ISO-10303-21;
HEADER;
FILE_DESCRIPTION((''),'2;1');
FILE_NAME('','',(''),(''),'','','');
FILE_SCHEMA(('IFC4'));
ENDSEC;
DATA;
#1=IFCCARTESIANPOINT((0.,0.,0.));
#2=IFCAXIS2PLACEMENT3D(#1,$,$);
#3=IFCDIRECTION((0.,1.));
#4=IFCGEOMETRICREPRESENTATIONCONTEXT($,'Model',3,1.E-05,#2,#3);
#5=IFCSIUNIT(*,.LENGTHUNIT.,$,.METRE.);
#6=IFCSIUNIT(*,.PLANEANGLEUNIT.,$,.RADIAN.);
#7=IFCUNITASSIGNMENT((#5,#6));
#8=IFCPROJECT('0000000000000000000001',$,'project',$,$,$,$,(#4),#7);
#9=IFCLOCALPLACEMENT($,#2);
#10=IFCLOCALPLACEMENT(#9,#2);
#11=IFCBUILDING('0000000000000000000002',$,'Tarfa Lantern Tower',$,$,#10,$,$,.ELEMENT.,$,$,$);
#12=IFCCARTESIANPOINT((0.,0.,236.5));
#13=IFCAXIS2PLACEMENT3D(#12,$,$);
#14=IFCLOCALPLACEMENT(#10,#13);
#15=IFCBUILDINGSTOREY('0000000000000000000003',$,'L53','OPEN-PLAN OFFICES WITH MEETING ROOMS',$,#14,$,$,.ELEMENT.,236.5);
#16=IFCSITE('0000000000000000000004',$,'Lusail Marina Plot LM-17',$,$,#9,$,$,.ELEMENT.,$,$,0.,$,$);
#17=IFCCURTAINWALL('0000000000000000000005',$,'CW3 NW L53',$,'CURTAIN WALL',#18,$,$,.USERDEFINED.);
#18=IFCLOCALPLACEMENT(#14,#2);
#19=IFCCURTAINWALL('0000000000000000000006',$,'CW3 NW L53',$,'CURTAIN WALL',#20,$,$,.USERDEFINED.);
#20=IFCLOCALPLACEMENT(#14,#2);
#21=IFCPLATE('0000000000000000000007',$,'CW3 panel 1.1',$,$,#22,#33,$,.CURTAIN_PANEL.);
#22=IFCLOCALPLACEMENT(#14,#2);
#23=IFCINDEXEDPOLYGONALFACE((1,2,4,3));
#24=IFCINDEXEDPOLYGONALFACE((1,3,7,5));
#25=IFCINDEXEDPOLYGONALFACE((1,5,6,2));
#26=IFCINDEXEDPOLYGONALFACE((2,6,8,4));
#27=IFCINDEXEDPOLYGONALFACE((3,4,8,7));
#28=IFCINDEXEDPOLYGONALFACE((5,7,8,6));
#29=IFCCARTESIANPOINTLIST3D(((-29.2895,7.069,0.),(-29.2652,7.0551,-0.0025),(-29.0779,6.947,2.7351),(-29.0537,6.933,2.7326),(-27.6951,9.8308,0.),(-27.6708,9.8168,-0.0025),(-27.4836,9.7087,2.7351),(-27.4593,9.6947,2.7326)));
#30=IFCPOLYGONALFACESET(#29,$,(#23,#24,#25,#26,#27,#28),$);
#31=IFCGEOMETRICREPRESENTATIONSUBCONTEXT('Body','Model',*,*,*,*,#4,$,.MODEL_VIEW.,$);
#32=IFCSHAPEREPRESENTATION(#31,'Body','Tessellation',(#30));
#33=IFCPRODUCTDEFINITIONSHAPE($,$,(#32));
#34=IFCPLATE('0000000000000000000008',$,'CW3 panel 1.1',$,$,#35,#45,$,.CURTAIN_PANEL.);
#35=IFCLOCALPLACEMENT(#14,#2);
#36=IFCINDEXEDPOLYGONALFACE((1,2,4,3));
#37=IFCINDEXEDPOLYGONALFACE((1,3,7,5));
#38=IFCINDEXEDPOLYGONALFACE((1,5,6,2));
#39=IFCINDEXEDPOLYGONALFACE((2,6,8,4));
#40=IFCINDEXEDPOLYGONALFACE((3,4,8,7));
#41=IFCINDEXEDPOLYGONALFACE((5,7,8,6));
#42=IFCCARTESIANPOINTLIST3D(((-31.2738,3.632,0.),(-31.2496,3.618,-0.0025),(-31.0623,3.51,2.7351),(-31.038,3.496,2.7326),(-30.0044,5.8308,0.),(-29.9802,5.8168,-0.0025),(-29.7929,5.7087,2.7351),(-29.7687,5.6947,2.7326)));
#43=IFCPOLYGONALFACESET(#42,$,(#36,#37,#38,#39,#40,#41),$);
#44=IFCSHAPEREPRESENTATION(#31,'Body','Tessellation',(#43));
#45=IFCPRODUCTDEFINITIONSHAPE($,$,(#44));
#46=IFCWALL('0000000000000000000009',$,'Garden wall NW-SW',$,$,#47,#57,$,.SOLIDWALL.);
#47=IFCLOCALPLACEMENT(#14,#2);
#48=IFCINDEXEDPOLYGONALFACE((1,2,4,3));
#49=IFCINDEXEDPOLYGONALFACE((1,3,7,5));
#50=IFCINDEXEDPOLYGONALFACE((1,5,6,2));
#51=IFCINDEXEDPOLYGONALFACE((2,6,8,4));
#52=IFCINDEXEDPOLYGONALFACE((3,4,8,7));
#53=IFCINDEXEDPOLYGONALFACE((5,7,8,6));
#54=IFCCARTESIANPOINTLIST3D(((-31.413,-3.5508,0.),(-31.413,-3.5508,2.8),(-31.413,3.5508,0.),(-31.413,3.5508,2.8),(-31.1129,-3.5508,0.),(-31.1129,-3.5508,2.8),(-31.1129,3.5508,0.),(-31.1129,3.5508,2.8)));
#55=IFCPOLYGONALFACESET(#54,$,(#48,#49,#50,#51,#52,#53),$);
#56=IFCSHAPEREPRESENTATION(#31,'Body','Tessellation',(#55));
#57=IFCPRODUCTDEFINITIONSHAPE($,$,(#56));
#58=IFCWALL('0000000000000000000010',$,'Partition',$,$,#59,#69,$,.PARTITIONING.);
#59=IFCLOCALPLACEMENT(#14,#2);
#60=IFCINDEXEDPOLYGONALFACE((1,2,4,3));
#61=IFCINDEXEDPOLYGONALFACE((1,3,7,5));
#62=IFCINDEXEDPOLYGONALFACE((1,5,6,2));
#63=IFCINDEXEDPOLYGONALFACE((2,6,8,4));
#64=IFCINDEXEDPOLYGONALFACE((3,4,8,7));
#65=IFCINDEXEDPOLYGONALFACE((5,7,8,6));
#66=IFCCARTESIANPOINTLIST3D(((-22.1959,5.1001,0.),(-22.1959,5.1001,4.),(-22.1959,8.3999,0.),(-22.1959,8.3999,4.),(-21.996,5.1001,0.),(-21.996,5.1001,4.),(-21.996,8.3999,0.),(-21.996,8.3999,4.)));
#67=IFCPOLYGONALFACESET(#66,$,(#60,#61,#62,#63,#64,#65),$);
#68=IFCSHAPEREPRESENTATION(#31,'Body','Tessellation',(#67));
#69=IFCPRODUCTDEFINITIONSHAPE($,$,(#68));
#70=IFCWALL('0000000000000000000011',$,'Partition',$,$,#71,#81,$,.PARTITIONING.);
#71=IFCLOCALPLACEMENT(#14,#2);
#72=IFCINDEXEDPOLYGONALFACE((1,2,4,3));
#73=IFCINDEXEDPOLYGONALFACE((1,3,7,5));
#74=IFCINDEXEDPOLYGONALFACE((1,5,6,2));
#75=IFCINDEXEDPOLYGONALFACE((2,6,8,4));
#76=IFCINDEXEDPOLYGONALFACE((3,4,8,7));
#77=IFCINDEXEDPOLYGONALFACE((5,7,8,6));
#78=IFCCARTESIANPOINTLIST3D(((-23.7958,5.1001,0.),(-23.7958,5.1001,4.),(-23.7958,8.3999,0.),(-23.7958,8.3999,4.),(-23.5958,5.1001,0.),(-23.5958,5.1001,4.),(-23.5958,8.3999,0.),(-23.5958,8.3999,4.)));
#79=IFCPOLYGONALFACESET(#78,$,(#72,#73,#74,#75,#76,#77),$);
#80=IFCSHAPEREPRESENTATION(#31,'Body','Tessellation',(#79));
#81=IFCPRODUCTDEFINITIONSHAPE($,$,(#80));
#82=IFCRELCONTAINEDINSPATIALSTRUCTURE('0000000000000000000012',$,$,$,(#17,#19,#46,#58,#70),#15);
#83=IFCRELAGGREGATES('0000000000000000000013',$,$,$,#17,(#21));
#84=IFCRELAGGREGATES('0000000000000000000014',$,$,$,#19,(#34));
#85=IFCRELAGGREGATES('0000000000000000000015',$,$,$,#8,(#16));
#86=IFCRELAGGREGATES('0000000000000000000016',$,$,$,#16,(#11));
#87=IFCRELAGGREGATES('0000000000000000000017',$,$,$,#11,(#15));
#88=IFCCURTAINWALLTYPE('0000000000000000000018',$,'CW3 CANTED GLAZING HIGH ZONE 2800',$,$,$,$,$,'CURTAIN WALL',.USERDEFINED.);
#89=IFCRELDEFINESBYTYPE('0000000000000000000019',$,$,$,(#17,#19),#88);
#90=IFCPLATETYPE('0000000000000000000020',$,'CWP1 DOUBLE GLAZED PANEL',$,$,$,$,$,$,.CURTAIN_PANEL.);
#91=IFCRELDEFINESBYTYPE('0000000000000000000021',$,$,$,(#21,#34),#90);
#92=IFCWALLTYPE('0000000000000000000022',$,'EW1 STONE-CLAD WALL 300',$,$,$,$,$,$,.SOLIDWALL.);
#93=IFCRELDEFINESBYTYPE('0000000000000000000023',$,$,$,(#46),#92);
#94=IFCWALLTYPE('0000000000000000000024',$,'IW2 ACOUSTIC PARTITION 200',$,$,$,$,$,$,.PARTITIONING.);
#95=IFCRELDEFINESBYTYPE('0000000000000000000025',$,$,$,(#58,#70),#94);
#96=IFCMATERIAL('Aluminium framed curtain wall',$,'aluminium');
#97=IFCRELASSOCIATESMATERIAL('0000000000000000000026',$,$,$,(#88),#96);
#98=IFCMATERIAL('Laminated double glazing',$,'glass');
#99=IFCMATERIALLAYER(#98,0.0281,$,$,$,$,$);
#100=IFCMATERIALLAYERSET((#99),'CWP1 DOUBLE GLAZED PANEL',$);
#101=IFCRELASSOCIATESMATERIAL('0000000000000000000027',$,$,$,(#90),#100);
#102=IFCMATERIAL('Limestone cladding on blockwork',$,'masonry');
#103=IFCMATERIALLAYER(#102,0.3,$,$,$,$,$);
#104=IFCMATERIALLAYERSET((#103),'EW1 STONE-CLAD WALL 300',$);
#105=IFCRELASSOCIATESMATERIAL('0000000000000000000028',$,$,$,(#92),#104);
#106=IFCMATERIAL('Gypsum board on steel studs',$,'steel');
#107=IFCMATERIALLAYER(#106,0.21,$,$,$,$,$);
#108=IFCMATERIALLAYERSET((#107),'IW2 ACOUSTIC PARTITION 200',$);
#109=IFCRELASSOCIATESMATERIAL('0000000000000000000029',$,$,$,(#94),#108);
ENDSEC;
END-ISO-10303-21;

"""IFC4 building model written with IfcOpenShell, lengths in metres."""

from ifc_helpers import new_model, si_unit, direction, frame, frame_2d, origin, place, context, subcontext, project, spatial, polyline, rectangle, outline, extrude, material, layer, layer_set, type_object, element, aggregate, save


model = new_model("IFC4")

# Units and contexts
model_context = context("Model", 3, precision=1e-05, world=origin(), true_north=direction((0.0, 1.0)))
body_context = subcontext(model_context, "Body", "Model", "MODEL_VIEW")
ifc_project = project(units=[si_unit("LENGTHUNIT", "METRE"), si_unit("PLANEANGLEUNIT", "RADIAN")], contexts=[model_context])

# Site, building, storey
site_placement = place(None, origin())
site = spatial("IfcSite", under=ifc_project, at=site_placement, Name="Lusail Marina Plot LM-17", CompositionType="ELEMENT", RefElevation=0.0)
building_placement = place(site_placement, origin())
building = spatial("IfcBuilding", under=site, at=building_placement, Name="Tarfa Lantern Tower", CompositionType="ELEMENT")
storey_placement = place(building_placement, frame((0.0, 0.0, 236.5)))
storey = spatial("IfcBuildingStorey", under=building, at=storey_placement, Name="L53", Description="OPEN-PLAN OFFICES WITH MEETING ROOMS", CompositionType="ELEMENT", Elevation=236.5)

# Shared definitions
ifc_material_1 = material(Name="Aluminium framed curtain wall", Category="aluminium")
curtain_wall_type = type_object("IfcCurtainWallType", Name="CW3 CANTED GLAZING HIGH ZONE 2800", ElementType="CURTAIN WALL", PredefinedType="USERDEFINED", material=ifc_material_1)

# Curtain walls
curtain_wall_1_placement = place(storey_placement, origin())
curtain_wall_1 = element("IfcCurtainWall", 1, at=curtain_wall_1_placement, inside=storey, type_object=curtain_wall_type, Name="CW3 NW L53", ObjectType="CURTAIN WALL", PredefinedType="USERDEFINED")
curtain_wall_2_placement = place(storey_placement, origin())
curtain_wall_2 = element("IfcCurtainWall", 2, at=curtain_wall_2_placement, inside=storey, type_object=curtain_wall_type, Name="CW3 NW L53", ObjectType="CURTAIN WALL", PredefinedType="USERDEFINED")

# Plates
ifc_material_2 = material(Name="Laminated double glazing", Category="glass")
ifc_layer_1 = layer(ifc_material_2, 0.0281)
ifc_layer_set_1 = layer_set([ifc_layer_1], Name="CWP1 DOUBLE GLAZED PANEL")
plate_type = type_object("IfcPlateType", Name="CWP1 DOUBLE GLAZED PANEL", PredefinedType="CURTAIN_PANEL", material=ifc_layer_set_1)
plate_1_placement = place(storey_placement, frame((-27.6951, 9.8308, 0.0), z_axis=(-0.862609, 0.49799, 0.088945), x_axis=(-0.499972, -0.866041, -0.000003)))
plate_1 = element("IfcPlate", 3, at=plate_1_placement, type_object=plate_type, Name="CW3 panel 1.1", PredefinedType="CURTAIN_PANEL", context=body_context, shape_type="SweptSolid", body=[
    extrude(outline(polyline([(0.0, 0.0), (3.189, 0.0), (3.1888, 2.746), (0.0, 2.746), (0.0, 0.0)])), origin(), (0.0, 0.0, -1.0), 0.0281),
])
aggregate(curtain_wall_1, [plate_1])
plate_2_placement = place(storey_placement, frame((-30.0044, 5.8308, 0.0), z_axis=(-0.862598, 0.49801, 0.088945), x_axis=(-0.499992, -0.86603, -0.000004)))
plate_2 = element("IfcPlate", 4, at=plate_2_placement, type_object=plate_type, Name="CW3 panel 1.1", PredefinedType="CURTAIN_PANEL", context=body_context, shape_type="SweptSolid", body=[
    extrude(outline(polyline([(0.0, 0.0), (2.5389, 0.0), (2.5388, 2.746), (0.0, 2.746), (0.0, 0.0)])), origin(), (0.0, 0.0, -1.0), 0.0281),
])
aggregate(curtain_wall_2, [plate_2])

# Walls
ifc_material_3 = material(Name="Limestone cladding on blockwork", Category="masonry")
ifc_layer_2 = layer(ifc_material_3, 0.3)
ifc_layer_set_2 = layer_set([ifc_layer_2], Name="EW1 STONE-CLAD WALL 300")
wall_type_1 = type_object("IfcWallType", Name="EW1 STONE-CLAD WALL 300", PredefinedType="SOLIDWALL", material=ifc_layer_set_2)
wall_placement = place(storey_placement, frame((-31.2629, 3.5508, 0.0), z_axis=(0.0, 0.0, 1.0), x_axis=(0.0, -1.0, 0.0)))
element("IfcWall", 5, at=wall_placement, inside=storey, type_object=wall_type_1, Name="Garden wall NW-SW", PredefinedType="SOLIDWALL", context=body_context, shape_type="SweptSolid", body=[
    extrude(rectangle(XDim=7.1016, YDim=0.3, at=frame_2d((3.5508, 0.0))), origin(), (0.0, 0.0, 1.0), 2.8),
])
ifc_material_4 = material(Name="Gypsum board on steel studs", Category="steel")
ifc_layer_3 = layer(ifc_material_4, 0.21)
ifc_layer_set_3 = layer_set([ifc_layer_3], Name="IW2 ACOUSTIC PARTITION 200")
wall_type_2 = type_object("IfcWallType", Name="IW2 ACOUSTIC PARTITION 200", PredefinedType="PARTITIONING", material=ifc_layer_set_3)
for number, where, z_axis, x_axis, name in (
    (6, (-22.0959, 5.1001, 0.0), (0.0, 0.0, 1.0), (0.0, 1.0, 0.0), "Partition"),
    (7, (-23.6958, 5.1001, 0.0), (0.0, 0.0, 1.0), (0.0, 1.0, 0.0), "Partition"),
):
    element("IfcWall", number, at=place(storey_placement, frame(where, z_axis=z_axis, x_axis=x_axis)), inside=storey, type_object=wall_type_2, Name=name, PredefinedType="PARTITIONING", context=body_context, shape_type="SweptSolid", body=[
        extrude(rectangle(XDim=3.2998, YDim=0.2, at=frame_2d((1.6499, 0.0))), origin(), (0.0, 0.0, 1.0), 4.0),
    ])

save(model, "model.ifc")
